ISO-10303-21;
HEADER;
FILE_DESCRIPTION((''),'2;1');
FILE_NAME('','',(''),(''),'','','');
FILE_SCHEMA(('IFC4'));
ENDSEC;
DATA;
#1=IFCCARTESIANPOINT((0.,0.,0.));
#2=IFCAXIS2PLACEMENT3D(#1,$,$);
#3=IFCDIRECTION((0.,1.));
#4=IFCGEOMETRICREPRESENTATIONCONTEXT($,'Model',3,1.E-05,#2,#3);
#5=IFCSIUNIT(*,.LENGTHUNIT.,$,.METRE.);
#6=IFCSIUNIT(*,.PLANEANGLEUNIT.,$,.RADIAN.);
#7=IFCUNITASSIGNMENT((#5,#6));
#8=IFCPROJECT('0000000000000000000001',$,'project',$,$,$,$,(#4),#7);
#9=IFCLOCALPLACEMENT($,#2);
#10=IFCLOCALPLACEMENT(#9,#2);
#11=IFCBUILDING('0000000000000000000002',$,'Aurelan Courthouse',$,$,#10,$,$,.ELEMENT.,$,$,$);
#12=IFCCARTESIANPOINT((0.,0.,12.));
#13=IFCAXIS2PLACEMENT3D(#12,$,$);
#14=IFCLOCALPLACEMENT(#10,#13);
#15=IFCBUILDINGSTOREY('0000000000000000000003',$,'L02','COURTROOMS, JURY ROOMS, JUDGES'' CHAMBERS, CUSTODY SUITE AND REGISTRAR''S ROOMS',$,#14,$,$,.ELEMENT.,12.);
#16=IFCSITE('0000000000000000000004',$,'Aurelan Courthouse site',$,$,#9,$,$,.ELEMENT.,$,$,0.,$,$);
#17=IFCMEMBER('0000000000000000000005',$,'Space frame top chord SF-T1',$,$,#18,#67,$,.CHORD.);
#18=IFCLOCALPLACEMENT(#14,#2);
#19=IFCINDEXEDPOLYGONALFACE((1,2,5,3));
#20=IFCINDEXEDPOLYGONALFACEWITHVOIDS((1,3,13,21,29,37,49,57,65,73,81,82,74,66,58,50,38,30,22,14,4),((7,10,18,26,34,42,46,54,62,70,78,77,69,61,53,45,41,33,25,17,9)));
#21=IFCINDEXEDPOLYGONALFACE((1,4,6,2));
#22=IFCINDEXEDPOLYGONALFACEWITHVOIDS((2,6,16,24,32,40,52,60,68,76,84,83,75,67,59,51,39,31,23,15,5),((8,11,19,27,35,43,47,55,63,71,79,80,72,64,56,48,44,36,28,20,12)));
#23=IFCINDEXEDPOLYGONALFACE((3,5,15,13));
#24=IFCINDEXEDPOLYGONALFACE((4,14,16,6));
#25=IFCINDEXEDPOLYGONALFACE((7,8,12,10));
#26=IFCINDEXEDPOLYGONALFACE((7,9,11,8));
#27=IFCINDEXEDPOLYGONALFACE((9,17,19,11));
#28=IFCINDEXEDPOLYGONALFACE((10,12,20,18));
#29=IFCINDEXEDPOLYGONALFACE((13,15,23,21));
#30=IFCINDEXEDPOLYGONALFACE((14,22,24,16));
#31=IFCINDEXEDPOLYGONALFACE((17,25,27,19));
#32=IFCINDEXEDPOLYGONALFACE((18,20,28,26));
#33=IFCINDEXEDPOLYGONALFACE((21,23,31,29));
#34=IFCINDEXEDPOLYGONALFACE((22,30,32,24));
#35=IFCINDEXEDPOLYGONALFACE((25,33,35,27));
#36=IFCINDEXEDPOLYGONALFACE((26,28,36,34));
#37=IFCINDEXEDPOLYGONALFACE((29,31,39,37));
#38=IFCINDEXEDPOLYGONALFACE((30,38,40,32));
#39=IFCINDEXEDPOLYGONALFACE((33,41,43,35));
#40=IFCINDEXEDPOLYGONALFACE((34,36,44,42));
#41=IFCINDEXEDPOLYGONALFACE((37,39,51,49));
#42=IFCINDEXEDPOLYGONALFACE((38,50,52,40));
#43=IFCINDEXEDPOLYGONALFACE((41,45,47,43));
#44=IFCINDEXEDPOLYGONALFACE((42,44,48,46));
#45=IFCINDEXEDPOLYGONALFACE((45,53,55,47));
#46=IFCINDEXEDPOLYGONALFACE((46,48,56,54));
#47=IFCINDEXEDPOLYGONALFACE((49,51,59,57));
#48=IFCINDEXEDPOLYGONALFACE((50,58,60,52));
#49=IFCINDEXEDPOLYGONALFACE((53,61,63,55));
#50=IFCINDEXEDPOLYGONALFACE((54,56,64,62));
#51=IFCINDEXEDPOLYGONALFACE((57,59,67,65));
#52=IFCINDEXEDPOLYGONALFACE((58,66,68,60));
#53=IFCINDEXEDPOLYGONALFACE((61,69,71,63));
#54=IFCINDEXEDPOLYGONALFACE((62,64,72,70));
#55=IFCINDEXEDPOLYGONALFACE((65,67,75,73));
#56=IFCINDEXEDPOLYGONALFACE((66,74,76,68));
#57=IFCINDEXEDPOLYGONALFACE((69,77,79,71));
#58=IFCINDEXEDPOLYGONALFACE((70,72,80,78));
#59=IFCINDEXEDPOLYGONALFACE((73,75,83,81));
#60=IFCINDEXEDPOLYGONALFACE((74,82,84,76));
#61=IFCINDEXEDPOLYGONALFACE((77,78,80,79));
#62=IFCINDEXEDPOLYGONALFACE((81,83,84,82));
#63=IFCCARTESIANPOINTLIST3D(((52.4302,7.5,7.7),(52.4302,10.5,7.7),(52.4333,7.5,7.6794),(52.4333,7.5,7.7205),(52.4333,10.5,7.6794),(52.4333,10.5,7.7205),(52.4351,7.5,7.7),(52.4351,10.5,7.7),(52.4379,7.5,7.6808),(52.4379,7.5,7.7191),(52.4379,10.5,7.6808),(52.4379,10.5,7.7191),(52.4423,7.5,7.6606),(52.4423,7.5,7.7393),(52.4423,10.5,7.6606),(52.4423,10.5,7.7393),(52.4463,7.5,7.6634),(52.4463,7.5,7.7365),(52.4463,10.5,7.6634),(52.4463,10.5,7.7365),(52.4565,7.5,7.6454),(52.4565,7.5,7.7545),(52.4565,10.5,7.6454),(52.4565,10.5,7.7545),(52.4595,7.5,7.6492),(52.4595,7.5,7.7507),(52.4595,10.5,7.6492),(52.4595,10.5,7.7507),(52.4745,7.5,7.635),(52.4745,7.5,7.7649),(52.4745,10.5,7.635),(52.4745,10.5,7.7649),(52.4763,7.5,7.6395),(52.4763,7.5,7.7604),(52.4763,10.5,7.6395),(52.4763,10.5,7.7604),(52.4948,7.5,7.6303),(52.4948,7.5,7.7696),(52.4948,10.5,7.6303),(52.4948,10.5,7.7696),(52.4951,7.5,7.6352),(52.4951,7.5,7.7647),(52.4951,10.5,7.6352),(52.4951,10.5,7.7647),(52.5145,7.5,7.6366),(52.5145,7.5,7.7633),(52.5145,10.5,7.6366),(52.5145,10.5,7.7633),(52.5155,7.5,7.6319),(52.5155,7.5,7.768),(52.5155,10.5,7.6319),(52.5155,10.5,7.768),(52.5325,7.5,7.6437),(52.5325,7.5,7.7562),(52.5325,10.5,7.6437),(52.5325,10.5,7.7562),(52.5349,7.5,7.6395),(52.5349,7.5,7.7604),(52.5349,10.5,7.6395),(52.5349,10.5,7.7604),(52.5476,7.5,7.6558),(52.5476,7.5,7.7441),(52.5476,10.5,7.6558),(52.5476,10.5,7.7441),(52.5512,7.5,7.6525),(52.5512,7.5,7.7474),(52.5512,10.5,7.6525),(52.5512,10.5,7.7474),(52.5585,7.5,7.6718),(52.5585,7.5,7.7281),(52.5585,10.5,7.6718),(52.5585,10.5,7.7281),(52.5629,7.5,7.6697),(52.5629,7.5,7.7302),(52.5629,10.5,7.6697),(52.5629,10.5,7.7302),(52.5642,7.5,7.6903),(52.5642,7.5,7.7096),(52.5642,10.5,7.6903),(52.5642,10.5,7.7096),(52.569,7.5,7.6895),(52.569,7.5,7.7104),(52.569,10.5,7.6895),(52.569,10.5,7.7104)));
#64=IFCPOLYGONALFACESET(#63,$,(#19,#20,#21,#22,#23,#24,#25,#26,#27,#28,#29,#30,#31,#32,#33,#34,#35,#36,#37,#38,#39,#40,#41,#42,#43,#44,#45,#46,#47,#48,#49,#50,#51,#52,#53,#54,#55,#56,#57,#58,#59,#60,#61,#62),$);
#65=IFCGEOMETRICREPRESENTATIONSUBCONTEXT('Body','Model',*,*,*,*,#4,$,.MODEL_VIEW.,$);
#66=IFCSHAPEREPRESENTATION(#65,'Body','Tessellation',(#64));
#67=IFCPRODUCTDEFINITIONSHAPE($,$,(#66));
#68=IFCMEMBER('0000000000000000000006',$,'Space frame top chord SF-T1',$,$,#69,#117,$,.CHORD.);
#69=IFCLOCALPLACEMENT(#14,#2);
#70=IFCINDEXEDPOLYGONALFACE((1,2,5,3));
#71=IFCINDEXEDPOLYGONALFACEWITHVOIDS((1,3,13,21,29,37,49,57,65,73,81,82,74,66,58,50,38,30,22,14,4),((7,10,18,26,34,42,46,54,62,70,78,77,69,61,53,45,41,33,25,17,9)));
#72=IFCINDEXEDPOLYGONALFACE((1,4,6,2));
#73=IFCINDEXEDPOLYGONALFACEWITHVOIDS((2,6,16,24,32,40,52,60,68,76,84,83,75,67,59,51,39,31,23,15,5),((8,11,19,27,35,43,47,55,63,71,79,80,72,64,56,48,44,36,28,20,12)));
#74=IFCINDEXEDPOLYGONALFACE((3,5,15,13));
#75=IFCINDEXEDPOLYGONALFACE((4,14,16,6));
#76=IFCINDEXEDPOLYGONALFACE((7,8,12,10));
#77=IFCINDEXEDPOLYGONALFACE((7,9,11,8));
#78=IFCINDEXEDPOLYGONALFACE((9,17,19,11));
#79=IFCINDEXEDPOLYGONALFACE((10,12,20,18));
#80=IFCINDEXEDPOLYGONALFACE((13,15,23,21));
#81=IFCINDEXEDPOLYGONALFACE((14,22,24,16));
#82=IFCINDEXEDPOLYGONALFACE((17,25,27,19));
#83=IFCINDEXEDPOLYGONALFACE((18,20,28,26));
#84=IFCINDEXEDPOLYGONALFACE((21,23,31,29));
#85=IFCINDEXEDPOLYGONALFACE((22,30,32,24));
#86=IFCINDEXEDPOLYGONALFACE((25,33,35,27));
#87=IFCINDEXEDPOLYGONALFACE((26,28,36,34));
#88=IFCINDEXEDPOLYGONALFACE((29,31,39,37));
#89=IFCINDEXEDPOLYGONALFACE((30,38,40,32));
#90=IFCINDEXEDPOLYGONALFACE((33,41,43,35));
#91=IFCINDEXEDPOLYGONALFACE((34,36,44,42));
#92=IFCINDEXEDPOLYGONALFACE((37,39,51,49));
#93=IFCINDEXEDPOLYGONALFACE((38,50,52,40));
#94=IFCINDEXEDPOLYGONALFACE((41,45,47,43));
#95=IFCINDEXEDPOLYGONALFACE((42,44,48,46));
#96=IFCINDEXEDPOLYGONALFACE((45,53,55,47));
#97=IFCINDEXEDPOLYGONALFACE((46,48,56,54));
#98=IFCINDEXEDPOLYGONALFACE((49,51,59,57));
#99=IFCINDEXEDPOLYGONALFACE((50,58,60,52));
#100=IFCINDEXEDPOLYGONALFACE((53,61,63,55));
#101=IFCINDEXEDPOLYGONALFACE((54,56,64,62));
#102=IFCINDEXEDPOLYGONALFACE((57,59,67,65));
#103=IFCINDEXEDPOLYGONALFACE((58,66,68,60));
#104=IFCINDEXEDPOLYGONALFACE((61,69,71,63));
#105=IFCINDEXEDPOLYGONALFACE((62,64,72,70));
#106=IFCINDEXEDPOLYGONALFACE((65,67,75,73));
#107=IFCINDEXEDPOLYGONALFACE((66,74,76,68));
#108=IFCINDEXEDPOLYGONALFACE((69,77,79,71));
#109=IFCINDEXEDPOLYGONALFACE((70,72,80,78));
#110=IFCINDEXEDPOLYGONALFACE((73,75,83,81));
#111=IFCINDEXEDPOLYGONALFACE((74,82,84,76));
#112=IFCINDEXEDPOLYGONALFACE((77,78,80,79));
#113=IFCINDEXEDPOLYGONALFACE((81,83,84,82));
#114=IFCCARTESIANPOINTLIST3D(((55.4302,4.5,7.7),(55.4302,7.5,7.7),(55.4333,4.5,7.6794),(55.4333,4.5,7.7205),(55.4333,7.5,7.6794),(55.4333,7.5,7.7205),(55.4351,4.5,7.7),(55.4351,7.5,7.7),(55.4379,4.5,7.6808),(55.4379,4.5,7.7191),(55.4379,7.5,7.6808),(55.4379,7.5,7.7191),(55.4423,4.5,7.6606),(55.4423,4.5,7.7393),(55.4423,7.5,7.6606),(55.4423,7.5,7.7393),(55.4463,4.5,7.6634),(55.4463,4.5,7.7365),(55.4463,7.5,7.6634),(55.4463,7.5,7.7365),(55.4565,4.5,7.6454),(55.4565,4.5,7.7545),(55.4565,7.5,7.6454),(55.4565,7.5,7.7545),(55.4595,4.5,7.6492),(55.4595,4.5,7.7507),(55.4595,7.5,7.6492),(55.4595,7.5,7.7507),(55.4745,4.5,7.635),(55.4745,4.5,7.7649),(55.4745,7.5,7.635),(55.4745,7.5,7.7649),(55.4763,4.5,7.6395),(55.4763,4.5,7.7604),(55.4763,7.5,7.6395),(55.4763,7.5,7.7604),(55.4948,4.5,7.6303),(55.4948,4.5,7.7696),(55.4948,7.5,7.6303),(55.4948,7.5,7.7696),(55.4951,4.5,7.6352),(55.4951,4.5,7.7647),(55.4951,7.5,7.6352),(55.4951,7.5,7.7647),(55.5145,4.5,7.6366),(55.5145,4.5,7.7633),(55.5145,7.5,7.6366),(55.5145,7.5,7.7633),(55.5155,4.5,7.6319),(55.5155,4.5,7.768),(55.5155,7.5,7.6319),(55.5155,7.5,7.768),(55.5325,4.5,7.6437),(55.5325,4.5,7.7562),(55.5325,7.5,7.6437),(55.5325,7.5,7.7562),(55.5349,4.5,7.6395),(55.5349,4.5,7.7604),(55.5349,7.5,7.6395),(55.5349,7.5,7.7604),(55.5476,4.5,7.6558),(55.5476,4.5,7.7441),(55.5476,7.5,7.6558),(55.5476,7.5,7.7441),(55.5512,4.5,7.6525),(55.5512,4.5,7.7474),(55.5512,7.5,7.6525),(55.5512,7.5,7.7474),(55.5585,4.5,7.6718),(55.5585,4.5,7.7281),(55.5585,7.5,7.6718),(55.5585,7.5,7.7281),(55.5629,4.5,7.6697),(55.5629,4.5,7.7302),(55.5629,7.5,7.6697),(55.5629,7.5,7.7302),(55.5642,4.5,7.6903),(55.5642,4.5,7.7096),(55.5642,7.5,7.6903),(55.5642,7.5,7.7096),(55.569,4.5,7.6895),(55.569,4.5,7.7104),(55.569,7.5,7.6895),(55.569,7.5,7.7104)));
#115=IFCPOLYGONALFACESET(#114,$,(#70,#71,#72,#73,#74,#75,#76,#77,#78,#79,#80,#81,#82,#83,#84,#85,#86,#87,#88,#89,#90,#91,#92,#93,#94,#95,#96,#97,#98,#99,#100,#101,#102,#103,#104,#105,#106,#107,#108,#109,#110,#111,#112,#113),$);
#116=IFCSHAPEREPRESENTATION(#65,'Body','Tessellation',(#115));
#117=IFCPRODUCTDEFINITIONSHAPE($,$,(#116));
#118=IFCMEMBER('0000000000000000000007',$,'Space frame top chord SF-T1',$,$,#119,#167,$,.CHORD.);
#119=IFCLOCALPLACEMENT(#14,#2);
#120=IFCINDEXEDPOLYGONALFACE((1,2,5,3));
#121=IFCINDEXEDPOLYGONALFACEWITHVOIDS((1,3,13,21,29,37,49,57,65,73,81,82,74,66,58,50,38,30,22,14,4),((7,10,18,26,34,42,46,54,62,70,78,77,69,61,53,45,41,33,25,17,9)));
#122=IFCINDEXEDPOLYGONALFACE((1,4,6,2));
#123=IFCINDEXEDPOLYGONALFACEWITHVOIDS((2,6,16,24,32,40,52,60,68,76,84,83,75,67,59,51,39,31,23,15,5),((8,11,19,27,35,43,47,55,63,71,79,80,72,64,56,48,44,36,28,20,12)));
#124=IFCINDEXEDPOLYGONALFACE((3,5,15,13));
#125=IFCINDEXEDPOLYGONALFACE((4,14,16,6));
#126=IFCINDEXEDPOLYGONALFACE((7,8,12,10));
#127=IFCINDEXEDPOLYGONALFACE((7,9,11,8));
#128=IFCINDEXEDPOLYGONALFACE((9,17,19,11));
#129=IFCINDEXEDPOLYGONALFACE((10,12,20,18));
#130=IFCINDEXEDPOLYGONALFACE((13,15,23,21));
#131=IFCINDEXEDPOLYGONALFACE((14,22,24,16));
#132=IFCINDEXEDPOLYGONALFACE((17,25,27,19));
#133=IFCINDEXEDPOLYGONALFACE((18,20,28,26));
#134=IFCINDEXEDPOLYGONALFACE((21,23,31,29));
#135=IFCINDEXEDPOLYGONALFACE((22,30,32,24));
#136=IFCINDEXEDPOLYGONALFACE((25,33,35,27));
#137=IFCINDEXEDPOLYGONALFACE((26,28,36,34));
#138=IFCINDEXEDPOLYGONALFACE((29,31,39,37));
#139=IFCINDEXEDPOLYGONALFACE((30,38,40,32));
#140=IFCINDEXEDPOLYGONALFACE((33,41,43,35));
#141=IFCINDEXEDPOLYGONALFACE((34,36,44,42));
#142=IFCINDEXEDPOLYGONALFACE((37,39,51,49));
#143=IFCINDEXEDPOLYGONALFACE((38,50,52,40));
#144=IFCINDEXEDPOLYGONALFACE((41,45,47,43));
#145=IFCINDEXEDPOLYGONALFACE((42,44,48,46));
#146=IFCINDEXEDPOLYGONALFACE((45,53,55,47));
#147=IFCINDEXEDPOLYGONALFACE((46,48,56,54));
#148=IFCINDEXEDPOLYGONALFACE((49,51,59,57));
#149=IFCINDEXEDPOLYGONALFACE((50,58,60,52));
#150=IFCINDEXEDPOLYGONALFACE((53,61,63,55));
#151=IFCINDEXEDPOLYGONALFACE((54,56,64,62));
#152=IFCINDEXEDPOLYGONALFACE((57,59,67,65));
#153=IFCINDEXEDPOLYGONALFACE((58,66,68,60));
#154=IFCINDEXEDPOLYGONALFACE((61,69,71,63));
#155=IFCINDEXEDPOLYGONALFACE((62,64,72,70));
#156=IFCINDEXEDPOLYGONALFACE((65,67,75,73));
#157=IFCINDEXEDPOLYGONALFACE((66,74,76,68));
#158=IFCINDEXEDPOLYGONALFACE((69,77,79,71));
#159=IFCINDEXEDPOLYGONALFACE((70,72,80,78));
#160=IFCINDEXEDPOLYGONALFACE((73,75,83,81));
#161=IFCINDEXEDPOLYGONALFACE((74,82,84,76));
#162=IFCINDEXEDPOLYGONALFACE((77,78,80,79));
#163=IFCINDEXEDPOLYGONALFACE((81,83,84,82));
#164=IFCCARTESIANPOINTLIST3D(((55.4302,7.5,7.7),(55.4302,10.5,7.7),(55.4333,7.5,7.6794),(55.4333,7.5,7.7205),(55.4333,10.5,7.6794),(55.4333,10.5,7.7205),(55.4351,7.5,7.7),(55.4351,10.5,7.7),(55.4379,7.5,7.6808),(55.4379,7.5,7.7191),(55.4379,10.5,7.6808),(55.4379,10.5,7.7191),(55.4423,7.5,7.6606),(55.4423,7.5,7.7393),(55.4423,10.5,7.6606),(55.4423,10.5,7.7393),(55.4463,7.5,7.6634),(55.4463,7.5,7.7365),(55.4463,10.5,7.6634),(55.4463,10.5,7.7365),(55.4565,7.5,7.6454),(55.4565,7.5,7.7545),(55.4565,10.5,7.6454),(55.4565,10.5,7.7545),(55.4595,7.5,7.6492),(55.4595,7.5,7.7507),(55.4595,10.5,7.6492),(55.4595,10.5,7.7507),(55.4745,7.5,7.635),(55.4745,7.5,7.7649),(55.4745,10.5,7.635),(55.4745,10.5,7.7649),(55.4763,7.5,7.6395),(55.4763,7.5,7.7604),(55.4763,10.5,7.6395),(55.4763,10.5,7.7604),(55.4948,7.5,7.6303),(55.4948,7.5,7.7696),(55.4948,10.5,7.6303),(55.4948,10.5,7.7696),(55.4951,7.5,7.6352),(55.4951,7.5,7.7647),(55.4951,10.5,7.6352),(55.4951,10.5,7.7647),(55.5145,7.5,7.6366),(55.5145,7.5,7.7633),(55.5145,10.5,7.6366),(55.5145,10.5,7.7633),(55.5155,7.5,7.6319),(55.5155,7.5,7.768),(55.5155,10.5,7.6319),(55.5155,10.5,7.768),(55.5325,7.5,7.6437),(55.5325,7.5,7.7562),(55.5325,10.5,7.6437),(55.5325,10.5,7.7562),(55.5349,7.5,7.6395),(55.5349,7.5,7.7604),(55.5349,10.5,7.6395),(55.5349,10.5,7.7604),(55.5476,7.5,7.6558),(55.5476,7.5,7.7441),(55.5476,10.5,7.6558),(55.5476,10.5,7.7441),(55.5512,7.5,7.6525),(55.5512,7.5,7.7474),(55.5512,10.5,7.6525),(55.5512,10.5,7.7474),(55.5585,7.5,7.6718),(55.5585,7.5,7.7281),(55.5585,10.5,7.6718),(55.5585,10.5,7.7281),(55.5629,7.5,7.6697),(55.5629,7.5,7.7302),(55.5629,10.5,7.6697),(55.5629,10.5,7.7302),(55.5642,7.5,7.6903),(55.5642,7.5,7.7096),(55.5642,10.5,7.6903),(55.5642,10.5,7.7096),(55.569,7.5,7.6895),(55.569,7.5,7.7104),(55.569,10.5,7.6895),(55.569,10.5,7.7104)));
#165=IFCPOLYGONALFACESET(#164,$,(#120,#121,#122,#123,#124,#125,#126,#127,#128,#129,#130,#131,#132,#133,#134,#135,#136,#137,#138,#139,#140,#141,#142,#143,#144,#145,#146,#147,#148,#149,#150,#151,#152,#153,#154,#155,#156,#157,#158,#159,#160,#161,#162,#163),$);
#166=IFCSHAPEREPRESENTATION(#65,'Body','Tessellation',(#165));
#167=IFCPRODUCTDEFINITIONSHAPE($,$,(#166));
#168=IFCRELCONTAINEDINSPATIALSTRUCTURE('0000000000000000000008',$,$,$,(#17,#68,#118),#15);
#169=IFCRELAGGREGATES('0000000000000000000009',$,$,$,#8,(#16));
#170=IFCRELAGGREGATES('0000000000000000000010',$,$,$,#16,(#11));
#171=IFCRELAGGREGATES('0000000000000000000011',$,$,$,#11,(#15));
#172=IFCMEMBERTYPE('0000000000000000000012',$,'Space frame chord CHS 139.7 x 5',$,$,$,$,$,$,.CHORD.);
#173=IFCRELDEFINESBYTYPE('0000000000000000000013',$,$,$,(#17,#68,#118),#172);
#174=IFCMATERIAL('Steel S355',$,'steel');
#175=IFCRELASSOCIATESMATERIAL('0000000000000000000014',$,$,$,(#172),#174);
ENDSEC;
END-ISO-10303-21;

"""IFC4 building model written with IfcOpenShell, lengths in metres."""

from ifc_helpers import new_model, si_unit, direction, frame, origin, origin_2d, place, context, subcontext, project, spatial, hollow_circle, extrude, material, material_profile, profile_set, type_object, element, save


model = new_model("IFC4")

# Units and contexts
model_context = context("Model", 3, precision=1e-05, world=origin(), true_north=direction((0.0, 1.0)))
body_context = subcontext(model_context, "Body", "Model", "MODEL_VIEW")
ifc_project = project(units=[si_unit("LENGTHUNIT", "METRE"), si_unit("PLANEANGLEUNIT", "RADIAN")], contexts=[model_context])

# Site, building, storey
site_placement = place(None, origin())
site = spatial("IfcSite", under=ifc_project, at=site_placement, Name="Aurelan Courthouse site", CompositionType="ELEMENT", RefElevation=0.0)
building_placement = place(site_placement, origin())
building = spatial("IfcBuilding", under=site, at=building_placement, Name="Aurelan Courthouse", CompositionType="ELEMENT")
storey_placement = place(building_placement, frame((0.0, 0.0, 12.0)))
storey = spatial("IfcBuildingStorey", under=building, at=storey_placement, Name="L02", Description="COURTROOMS, JURY ROOMS, JUDGES' CHAMBERS, CUSTODY SUITE AND REGISTRAR'S ROOMS", CompositionType="ELEMENT", Elevation=12.0)

# Members
ifc_material_1 = material(Name="Steel S355", Category="steel")
ifc_material_profile_1 = material_profile(ifc_material_1, hollow_circle(Radius=0.0698, WallThickness=0.0049, at=origin_2d()), Name="CHS 139.7 x 5")
ifc_profile_set_1 = profile_set([ifc_material_profile_1], Name="Steel S355")
member_type_1 = type_object("IfcMemberType", Name="Space frame chord CHS 139.7 x 5", PredefinedType="CHORD", material=ifc_profile_set_1)
for number, where, z_axis, x_axis, name in (
    (1, (52.5, 7.5, 7.7), (0.0, 1.0, 0.0), (-1.0, 0.0, 0.0), "Space frame top chord SF-T1"),
    (2, (55.5, 4.5, 7.7), (0.0, 1.0, 0.0), (-1.0, 0.0, 0.0), "Space frame top chord SF-T1"),
    (3, (55.5, 7.5, 7.7), (0.0, 1.0, 0.0), (-1.0, 0.0, 0.0), "Space frame top chord SF-T1"),
):
    element("IfcMember", number, at=place(storey_placement, frame(where, z_axis=z_axis, x_axis=x_axis)), inside=storey, type_object=member_type_1, Name=name, PredefinedType="CHORD", context=body_context, shape_type="SweptSolid", body=[
        extrude(hollow_circle(Radius=0.0698, WallThickness=0.0049, at=origin_2d()), origin(), (0.0, 0.0, 1.0), 3.0),
    ])

save(model, "model.ifc")
